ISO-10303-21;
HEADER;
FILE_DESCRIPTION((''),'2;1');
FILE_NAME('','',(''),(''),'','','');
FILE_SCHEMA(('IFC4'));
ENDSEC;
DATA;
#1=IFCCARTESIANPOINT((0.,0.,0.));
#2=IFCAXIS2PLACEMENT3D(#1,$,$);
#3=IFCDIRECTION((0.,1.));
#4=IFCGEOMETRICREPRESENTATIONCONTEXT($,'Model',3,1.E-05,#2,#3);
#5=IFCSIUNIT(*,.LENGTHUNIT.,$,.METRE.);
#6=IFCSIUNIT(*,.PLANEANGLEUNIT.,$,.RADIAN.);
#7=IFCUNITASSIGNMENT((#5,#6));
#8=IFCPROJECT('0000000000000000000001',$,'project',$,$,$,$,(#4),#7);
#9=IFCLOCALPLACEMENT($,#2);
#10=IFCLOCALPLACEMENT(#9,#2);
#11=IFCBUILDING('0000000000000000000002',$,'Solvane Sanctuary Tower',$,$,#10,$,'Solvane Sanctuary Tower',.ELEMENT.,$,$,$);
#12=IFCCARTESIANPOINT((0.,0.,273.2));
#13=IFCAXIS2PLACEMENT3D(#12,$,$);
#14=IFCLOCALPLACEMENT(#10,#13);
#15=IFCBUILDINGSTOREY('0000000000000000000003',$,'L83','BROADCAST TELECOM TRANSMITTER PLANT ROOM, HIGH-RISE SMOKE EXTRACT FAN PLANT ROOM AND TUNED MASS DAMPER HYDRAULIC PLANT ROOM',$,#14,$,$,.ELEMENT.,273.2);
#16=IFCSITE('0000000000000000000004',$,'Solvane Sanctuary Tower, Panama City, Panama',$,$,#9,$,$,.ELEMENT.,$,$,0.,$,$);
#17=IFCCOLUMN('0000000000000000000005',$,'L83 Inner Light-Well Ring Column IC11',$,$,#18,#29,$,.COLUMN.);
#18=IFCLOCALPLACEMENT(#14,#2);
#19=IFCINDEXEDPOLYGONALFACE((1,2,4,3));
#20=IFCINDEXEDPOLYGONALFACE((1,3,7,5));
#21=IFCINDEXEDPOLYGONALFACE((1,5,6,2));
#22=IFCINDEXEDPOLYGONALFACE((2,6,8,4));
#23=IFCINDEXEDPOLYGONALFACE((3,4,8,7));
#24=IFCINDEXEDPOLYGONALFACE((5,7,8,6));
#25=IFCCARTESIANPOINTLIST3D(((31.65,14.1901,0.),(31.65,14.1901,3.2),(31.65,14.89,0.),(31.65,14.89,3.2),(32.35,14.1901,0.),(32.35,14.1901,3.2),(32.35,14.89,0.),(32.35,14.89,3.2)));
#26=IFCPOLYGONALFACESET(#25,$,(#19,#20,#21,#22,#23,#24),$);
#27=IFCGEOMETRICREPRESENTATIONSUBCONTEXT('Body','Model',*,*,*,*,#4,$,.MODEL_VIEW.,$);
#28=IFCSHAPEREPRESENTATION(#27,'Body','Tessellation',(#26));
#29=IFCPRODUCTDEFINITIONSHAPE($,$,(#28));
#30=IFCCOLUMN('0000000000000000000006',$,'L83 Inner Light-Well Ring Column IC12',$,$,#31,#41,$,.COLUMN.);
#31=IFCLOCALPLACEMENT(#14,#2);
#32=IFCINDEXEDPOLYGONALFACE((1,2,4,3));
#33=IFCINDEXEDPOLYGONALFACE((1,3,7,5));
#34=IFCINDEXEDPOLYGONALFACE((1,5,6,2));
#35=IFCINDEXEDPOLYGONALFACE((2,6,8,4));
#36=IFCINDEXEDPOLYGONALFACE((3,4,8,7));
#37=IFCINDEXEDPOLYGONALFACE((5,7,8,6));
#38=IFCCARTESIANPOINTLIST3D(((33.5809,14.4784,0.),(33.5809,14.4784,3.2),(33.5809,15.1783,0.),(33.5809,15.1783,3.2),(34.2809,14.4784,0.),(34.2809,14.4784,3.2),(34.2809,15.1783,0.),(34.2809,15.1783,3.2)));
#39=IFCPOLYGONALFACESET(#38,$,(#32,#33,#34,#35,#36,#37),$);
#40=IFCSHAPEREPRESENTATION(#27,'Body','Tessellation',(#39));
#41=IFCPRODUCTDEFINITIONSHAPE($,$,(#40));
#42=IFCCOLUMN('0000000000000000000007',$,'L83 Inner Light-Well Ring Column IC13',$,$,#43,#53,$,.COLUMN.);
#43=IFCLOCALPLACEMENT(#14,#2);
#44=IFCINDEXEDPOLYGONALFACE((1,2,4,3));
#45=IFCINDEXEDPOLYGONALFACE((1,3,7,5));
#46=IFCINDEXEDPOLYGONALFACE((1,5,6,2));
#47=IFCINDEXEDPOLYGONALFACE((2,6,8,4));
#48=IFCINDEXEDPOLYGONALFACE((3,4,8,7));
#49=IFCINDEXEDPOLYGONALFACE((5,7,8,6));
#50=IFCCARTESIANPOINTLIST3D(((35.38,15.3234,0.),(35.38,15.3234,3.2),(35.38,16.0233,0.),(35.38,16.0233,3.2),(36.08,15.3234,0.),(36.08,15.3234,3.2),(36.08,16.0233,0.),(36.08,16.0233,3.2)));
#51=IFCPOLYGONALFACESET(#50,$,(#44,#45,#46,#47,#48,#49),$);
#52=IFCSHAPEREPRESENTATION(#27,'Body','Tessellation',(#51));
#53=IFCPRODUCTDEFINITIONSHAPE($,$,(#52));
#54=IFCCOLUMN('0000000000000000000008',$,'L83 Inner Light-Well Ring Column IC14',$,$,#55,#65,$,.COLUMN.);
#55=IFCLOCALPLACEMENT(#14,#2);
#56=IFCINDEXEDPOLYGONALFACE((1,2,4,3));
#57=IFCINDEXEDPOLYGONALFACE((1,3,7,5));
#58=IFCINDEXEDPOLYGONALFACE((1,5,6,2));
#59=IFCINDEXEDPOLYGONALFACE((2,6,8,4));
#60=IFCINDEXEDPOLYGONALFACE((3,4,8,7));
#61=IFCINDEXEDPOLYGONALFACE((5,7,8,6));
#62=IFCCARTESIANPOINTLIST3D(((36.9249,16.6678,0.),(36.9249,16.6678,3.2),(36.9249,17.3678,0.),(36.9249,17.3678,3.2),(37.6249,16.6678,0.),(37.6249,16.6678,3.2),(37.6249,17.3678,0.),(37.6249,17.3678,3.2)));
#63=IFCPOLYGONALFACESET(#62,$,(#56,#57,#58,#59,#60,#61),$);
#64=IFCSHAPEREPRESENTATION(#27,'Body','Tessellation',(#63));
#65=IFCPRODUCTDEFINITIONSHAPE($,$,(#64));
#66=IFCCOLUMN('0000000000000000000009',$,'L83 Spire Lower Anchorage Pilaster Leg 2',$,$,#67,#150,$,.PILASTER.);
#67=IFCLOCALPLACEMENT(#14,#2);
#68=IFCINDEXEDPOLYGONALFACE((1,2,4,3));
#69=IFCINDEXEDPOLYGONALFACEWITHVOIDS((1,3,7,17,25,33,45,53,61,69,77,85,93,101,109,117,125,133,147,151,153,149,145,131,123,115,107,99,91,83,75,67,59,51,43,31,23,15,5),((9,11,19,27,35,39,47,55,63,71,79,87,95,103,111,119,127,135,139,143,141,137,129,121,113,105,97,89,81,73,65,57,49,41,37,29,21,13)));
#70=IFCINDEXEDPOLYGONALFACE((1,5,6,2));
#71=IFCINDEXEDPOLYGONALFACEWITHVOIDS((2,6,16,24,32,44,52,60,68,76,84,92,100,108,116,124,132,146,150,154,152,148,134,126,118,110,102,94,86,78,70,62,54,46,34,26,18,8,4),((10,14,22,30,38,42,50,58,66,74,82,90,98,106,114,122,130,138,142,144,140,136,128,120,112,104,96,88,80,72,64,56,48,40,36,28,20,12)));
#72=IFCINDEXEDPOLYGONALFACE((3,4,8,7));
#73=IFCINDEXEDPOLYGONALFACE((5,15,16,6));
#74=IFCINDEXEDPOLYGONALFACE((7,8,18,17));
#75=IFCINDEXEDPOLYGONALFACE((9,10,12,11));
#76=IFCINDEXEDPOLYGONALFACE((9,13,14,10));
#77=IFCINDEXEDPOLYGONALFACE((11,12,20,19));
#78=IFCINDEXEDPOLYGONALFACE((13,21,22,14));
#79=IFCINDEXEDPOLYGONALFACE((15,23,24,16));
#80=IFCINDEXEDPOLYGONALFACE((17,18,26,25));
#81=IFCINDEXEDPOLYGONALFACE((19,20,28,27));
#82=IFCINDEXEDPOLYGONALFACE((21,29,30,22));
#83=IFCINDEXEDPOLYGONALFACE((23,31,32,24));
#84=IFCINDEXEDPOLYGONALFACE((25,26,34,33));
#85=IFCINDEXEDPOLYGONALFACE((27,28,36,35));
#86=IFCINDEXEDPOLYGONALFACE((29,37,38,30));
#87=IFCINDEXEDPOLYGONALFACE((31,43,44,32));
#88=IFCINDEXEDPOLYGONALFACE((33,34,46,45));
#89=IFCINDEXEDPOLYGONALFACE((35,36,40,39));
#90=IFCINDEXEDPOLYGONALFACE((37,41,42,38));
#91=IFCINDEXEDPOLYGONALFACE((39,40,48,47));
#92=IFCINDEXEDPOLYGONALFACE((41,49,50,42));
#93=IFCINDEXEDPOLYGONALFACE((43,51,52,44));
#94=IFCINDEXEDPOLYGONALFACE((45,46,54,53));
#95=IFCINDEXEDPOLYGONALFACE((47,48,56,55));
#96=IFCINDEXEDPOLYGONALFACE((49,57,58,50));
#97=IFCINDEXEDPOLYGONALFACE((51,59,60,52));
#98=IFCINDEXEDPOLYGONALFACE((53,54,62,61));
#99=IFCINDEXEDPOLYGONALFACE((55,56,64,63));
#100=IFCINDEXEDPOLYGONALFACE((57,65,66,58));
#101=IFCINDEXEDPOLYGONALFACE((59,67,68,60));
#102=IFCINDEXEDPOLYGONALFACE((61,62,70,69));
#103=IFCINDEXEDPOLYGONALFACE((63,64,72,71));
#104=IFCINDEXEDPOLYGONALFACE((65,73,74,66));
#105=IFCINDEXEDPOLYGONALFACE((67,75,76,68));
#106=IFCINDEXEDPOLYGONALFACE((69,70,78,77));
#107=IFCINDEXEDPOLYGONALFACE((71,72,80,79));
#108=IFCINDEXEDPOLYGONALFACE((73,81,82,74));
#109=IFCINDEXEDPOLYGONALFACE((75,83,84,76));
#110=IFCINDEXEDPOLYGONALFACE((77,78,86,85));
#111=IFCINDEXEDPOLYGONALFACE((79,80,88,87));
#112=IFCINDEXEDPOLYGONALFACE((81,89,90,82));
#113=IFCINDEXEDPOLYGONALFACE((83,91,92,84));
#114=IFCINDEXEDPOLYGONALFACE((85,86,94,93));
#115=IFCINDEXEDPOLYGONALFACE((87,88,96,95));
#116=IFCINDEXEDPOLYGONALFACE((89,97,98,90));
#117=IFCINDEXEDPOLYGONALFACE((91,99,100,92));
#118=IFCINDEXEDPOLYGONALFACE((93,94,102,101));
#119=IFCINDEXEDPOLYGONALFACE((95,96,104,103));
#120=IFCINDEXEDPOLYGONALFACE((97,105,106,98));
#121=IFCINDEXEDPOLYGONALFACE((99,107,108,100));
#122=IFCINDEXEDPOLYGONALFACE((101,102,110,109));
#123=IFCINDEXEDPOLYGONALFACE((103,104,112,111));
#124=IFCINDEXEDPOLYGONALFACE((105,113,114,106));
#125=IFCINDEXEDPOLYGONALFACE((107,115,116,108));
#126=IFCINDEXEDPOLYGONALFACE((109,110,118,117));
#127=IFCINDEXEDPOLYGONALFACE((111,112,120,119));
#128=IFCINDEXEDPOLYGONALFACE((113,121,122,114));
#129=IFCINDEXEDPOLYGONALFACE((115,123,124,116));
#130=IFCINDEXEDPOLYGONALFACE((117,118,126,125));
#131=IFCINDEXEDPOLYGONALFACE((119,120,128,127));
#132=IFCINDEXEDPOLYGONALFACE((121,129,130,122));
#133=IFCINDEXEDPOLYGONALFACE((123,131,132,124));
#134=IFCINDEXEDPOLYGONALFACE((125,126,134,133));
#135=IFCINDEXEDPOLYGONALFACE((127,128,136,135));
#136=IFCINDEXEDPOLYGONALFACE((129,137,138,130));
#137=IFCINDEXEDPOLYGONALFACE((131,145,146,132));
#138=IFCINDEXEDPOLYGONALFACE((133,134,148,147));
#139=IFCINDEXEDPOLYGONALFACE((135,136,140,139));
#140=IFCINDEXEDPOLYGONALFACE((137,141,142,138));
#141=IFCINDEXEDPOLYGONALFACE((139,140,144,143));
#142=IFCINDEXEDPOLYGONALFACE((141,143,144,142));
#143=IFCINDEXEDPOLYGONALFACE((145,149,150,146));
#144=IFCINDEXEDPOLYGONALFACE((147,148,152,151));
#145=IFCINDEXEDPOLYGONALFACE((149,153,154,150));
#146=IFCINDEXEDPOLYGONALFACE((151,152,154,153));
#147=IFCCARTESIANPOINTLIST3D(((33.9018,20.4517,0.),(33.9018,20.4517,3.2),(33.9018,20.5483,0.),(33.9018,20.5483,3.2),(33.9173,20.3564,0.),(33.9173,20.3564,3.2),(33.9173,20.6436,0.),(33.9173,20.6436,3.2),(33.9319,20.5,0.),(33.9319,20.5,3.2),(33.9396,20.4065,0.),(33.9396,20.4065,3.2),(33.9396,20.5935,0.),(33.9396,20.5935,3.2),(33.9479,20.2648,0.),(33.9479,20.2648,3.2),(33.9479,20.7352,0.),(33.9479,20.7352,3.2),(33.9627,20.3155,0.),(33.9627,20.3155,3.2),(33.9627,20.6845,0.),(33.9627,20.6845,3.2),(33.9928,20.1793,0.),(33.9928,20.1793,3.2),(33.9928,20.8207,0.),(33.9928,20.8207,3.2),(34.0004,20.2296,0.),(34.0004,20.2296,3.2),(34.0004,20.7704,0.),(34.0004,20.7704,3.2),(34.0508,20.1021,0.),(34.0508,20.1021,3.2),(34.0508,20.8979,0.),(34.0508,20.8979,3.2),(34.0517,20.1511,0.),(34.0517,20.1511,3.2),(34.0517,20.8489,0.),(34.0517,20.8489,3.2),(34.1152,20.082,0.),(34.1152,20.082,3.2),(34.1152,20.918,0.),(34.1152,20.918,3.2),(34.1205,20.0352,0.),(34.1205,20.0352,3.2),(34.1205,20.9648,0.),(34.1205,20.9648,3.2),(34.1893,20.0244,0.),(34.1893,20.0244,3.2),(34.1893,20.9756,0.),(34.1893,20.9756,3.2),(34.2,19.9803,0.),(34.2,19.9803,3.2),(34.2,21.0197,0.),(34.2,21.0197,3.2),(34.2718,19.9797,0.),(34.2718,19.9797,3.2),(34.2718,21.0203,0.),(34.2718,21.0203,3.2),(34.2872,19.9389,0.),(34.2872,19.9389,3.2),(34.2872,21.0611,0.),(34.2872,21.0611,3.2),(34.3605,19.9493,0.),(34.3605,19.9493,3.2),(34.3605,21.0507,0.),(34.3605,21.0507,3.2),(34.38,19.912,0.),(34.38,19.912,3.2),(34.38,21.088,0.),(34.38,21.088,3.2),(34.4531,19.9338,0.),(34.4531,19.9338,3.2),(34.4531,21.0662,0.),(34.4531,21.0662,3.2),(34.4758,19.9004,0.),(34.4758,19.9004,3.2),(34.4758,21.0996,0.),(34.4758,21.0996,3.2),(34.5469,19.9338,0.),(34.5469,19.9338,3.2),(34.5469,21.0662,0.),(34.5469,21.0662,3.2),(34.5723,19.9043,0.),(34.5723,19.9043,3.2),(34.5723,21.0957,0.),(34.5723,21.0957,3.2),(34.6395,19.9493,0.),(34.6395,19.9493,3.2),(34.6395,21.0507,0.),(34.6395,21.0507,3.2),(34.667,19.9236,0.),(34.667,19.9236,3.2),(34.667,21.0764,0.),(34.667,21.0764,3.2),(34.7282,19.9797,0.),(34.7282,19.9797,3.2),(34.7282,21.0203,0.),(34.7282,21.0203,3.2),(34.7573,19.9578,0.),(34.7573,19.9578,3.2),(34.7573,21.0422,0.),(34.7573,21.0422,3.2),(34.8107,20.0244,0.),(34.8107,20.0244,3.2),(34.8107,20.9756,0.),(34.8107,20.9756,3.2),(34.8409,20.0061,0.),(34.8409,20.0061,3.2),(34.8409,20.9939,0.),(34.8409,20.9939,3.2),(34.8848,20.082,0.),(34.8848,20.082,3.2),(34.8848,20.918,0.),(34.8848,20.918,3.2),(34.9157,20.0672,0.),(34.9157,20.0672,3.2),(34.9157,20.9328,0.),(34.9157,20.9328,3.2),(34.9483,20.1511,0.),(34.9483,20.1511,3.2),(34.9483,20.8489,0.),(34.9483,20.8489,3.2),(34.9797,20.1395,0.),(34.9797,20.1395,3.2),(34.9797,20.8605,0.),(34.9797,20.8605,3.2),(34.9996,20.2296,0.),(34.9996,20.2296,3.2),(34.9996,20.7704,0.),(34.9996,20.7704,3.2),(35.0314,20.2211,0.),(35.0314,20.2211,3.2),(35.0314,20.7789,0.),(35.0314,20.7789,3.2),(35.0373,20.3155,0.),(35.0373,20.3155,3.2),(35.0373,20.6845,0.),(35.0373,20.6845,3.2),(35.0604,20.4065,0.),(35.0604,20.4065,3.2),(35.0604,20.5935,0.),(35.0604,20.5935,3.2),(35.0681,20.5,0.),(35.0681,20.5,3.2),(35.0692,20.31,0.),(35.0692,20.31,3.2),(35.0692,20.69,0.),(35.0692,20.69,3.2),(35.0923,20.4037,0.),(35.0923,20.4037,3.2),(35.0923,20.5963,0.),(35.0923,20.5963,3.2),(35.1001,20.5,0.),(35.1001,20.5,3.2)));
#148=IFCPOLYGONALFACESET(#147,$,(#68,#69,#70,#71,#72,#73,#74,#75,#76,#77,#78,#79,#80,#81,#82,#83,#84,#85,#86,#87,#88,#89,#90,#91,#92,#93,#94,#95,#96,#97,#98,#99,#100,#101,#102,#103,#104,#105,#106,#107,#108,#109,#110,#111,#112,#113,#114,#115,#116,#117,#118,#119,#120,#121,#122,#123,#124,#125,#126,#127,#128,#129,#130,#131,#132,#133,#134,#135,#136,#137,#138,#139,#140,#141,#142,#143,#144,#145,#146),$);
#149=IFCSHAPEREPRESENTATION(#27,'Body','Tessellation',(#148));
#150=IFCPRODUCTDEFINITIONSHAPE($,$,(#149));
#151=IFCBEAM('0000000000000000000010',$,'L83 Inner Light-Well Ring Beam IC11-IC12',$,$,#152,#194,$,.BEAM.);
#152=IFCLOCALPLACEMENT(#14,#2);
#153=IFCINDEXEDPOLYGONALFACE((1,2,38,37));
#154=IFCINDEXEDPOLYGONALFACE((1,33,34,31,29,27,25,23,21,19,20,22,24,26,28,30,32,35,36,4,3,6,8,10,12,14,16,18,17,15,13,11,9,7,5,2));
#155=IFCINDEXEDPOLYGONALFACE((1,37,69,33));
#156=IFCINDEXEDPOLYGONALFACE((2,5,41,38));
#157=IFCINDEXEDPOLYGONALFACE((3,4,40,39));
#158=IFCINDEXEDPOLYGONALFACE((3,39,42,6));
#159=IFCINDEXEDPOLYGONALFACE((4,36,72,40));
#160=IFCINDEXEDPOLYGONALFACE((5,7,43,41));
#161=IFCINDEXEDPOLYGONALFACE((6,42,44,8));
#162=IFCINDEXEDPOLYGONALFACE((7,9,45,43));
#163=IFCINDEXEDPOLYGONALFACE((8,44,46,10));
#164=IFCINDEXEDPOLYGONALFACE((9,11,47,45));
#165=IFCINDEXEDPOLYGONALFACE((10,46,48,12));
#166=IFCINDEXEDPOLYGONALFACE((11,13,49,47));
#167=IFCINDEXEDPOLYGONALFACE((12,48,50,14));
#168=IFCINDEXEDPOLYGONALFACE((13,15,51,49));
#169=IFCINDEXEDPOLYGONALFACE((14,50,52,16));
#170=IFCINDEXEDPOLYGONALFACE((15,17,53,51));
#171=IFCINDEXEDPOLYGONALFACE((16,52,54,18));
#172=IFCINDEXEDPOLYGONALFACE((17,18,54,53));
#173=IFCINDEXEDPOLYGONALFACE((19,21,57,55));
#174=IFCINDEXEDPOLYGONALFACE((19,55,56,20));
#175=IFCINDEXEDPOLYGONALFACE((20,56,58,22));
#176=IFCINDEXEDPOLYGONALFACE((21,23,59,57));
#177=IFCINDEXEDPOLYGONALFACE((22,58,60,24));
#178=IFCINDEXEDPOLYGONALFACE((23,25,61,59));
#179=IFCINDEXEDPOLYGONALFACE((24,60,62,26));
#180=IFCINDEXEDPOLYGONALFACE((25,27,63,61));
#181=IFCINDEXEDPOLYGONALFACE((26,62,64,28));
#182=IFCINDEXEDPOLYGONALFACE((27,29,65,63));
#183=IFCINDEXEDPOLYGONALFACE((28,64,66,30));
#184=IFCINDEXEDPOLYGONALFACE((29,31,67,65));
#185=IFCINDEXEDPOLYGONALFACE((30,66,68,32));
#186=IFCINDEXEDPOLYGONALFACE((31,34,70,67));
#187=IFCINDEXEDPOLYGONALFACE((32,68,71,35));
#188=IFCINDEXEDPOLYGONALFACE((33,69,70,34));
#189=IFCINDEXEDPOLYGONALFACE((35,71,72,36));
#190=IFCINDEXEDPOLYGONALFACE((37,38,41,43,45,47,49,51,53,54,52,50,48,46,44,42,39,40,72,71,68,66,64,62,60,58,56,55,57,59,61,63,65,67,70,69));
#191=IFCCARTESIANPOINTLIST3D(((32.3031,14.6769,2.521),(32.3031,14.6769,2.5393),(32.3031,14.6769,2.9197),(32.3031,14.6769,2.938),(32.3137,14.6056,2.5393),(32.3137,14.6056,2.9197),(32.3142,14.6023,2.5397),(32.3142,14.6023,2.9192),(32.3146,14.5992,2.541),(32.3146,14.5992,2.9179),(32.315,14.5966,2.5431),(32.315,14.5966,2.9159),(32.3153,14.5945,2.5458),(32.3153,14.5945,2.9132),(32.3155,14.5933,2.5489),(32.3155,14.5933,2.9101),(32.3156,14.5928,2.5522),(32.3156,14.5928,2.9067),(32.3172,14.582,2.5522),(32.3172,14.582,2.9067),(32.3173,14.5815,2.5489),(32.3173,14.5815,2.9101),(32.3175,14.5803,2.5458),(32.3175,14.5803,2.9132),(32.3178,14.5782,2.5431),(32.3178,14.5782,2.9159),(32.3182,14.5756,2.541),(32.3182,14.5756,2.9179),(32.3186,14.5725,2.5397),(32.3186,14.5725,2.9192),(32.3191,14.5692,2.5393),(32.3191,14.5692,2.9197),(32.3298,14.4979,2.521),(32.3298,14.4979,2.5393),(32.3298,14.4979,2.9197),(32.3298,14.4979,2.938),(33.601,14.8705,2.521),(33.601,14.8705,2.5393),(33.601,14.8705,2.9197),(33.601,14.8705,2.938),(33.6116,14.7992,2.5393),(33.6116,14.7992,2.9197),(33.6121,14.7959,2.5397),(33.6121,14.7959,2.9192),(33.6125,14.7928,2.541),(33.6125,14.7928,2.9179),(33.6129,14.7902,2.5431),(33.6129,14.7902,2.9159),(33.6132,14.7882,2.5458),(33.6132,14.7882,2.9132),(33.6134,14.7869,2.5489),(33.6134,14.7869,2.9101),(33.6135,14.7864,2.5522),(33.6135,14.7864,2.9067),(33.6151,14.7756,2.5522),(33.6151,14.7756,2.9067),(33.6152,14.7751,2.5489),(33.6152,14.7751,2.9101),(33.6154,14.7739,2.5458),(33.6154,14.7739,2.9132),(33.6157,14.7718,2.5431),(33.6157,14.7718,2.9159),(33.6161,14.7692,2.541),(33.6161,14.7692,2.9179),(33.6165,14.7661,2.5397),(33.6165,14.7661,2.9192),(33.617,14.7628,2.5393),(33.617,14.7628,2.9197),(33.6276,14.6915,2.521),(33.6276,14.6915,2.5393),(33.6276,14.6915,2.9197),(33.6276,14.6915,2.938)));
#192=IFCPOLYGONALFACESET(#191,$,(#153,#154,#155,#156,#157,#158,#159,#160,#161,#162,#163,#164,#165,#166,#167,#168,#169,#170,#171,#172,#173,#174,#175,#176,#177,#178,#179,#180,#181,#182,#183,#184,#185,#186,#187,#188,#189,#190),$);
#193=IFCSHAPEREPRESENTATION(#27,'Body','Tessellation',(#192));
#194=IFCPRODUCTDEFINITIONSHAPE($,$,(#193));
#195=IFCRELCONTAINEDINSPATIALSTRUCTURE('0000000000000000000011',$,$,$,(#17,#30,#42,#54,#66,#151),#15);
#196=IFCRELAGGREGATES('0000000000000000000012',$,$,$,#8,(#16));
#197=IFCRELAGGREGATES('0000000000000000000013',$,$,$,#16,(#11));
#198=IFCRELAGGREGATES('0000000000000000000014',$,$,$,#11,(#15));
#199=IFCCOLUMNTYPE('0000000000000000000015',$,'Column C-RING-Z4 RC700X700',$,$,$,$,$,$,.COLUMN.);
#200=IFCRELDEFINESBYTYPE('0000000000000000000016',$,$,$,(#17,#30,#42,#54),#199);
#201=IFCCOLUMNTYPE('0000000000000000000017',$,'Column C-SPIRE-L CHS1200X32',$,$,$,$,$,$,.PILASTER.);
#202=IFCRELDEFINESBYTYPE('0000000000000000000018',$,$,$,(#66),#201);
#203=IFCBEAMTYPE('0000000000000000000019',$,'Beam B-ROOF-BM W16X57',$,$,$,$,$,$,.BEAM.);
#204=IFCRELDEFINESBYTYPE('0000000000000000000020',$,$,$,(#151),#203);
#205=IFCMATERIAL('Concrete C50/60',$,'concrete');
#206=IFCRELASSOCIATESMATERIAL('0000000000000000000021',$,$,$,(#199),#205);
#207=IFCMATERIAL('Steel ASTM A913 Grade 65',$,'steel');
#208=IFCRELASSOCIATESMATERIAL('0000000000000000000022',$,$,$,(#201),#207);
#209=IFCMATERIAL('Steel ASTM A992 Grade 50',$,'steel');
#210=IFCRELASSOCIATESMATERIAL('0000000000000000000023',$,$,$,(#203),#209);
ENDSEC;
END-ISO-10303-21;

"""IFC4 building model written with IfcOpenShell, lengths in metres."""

from ifc_helpers import new_model, si_unit, direction, frame, origin, origin_2d, place, context, subcontext, project, spatial, rectangle, hollow_circle, i_section, extrude, material, material_profile, profile_set, type_object, element, save


model = new_model("IFC4")

# Units and contexts
model_context = context("Model", 3, precision=1e-05, world=origin(), true_north=direction((0.0, 1.0)))
body_context = subcontext(model_context, "Body", "Model", "MODEL_VIEW")
ifc_project = project(units=[si_unit("LENGTHUNIT", "METRE"), si_unit("PLANEANGLEUNIT", "RADIAN")], contexts=[model_context])

# Site, building, storey
site_placement = place(None, origin())
site = spatial("IfcSite", under=ifc_project, at=site_placement, Name="Solvane Sanctuary Tower, Panama City, Panama", CompositionType="ELEMENT", RefElevation=0.0)
building_placement = place(site_placement, origin())
building = spatial("IfcBuilding", under=site, at=building_placement, Name="Solvane Sanctuary Tower", LongName="Solvane Sanctuary Tower", CompositionType="ELEMENT")
storey_placement = place(building_placement, frame((0.0, 0.0, 273.2)))
storey = spatial("IfcBuildingStorey", under=building, at=storey_placement, Name="L83", Description="BROADCAST TELECOM TRANSMITTER PLANT ROOM, HIGH-RISE SMOKE EXTRACT FAN PLANT ROOM AND TUNED MASS DAMPER HYDRAULIC PLANT ROOM", CompositionType="ELEMENT", Elevation=273.2)

# Columns
ifc_material_1 = material(Name="Concrete C50/60", Category="concrete")
ifc_material_profile_1 = material_profile(ifc_material_1, rectangle(XDim=0.7, YDim=0.7, at=origin_2d()), Name="RC700X700")
ifc_profile_set_1 = profile_set([ifc_material_profile_1], Name="Concrete C50/60")
column_type_1 = type_object("IfcColumnType", Name="Column C-RING-Z4 RC700X700", PredefinedType="COLUMN", material=ifc_profile_set_1)
for number, where, z_axis, x_axis, name in (
    (1, (32.0, 14.54, 0.0), (0.0, 0.0, 1.0), (1.0, 0.0, 0.0), "L83 Inner Light-Well Ring Column IC11"),
    (2, (33.9309, 14.8284, 0.0), (0.0, 0.0, 1.0), (1.0, 0.0, 0.0), "L83 Inner Light-Well Ring Column IC12"),
    (3, (35.73, 15.6733, 0.0), (0.0, 0.0, 1.0), (1.0, 0.0, 0.0), "L83 Inner Light-Well Ring Column IC13"),
    (4, (37.2749, 17.0178, 0.0), (0.0, 0.0, 1.0), (1.0, 0.0, 0.0), "L83 Inner Light-Well Ring Column IC14"),
):
    element("IfcColumn", number, at=place(storey_placement, frame(where, z_axis=z_axis, x_axis=x_axis)), inside=storey, type_object=column_type_1, Name=name, PredefinedType="COLUMN", context=body_context, shape_type="SweptSolid", body=[
        extrude(rectangle(XDim=0.7, YDim=0.7, at=origin_2d()), origin(), (0.0, 0.0, 1.0), 3.2),
    ])
ifc_material_2 = material(Name="Steel ASTM A913 Grade 65", Category="steel")
ifc_material_profile_2 = material_profile(ifc_material_2, hollow_circle(Radius=0.6001, WallThickness=0.032, at=origin_2d()), Name="CHS1200X32")
ifc_profile_set_2 = profile_set([ifc_material_profile_2], Name="Steel ASTM A913 Grade 65")
column_type_2 = type_object("IfcColumnType", Name="Column C-SPIRE-L CHS1200X32", PredefinedType="PILASTER", material=ifc_profile_set_2)
column_placement = place(storey_placement, frame((34.5, 20.5, 0.0), z_axis=(0.0, 0.0, 1.0), x_axis=(1.0, 0.0, 0.0)))
element("IfcColumn", 5, at=column_placement, inside=storey, type_object=column_type_2, Name="L83 Spire Lower Anchorage Pilaster Leg 2", PredefinedType="PILASTER", context=body_context, shape_type="SweptSolid", body=[
    extrude(hollow_circle(Radius=0.6001, WallThickness=0.032, at=origin_2d()), origin(), (0.0, 0.0, 1.0), 3.2),
])

# Beam
ifc_material_3 = material(Name="Steel ASTM A992 Grade 50", Category="steel")
ifc_material_profile_3 = material_profile(ifc_material_3, i_section(OverallWidth=0.1809, OverallDepth=0.417, WebThickness=0.011, FlangeThickness=0.0183, FilletRadius=0.0129, at=origin_2d()), Name="W16X57")
ifc_profile_set_3 = profile_set([ifc_material_profile_3], Name="Steel ASTM A992 Grade 50")
beam_type_1 = type_object("IfcBeamType", Name="Beam B-ROOF-BM W16X57", PredefinedType="BEAM", material=ifc_profile_set_3)
beam_1_placement = place(storey_placement, frame((32.3164, 14.5874, 2.7295), z_axis=(0.989056, 0.14754, 0.0), x_axis=(-0.14754, 0.989056, 0.0)))
element("IfcBeam", 6, at=beam_1_placement, inside=storey, type_object=beam_type_1, Name="L83 Inner Light-Well Ring Beam IC11-IC12", PredefinedType="BEAM", context=body_context, shape_type="SweptSolid", body=[
    extrude(i_section(OverallWidth=0.1809, OverallDepth=0.417, WebThickness=0.011, FlangeThickness=0.0183, FilletRadius=0.0129, at=origin_2d()), origin(), (0.0, 0.0, 1.0), 1.3123),
])

save(model, "model.ifc")
